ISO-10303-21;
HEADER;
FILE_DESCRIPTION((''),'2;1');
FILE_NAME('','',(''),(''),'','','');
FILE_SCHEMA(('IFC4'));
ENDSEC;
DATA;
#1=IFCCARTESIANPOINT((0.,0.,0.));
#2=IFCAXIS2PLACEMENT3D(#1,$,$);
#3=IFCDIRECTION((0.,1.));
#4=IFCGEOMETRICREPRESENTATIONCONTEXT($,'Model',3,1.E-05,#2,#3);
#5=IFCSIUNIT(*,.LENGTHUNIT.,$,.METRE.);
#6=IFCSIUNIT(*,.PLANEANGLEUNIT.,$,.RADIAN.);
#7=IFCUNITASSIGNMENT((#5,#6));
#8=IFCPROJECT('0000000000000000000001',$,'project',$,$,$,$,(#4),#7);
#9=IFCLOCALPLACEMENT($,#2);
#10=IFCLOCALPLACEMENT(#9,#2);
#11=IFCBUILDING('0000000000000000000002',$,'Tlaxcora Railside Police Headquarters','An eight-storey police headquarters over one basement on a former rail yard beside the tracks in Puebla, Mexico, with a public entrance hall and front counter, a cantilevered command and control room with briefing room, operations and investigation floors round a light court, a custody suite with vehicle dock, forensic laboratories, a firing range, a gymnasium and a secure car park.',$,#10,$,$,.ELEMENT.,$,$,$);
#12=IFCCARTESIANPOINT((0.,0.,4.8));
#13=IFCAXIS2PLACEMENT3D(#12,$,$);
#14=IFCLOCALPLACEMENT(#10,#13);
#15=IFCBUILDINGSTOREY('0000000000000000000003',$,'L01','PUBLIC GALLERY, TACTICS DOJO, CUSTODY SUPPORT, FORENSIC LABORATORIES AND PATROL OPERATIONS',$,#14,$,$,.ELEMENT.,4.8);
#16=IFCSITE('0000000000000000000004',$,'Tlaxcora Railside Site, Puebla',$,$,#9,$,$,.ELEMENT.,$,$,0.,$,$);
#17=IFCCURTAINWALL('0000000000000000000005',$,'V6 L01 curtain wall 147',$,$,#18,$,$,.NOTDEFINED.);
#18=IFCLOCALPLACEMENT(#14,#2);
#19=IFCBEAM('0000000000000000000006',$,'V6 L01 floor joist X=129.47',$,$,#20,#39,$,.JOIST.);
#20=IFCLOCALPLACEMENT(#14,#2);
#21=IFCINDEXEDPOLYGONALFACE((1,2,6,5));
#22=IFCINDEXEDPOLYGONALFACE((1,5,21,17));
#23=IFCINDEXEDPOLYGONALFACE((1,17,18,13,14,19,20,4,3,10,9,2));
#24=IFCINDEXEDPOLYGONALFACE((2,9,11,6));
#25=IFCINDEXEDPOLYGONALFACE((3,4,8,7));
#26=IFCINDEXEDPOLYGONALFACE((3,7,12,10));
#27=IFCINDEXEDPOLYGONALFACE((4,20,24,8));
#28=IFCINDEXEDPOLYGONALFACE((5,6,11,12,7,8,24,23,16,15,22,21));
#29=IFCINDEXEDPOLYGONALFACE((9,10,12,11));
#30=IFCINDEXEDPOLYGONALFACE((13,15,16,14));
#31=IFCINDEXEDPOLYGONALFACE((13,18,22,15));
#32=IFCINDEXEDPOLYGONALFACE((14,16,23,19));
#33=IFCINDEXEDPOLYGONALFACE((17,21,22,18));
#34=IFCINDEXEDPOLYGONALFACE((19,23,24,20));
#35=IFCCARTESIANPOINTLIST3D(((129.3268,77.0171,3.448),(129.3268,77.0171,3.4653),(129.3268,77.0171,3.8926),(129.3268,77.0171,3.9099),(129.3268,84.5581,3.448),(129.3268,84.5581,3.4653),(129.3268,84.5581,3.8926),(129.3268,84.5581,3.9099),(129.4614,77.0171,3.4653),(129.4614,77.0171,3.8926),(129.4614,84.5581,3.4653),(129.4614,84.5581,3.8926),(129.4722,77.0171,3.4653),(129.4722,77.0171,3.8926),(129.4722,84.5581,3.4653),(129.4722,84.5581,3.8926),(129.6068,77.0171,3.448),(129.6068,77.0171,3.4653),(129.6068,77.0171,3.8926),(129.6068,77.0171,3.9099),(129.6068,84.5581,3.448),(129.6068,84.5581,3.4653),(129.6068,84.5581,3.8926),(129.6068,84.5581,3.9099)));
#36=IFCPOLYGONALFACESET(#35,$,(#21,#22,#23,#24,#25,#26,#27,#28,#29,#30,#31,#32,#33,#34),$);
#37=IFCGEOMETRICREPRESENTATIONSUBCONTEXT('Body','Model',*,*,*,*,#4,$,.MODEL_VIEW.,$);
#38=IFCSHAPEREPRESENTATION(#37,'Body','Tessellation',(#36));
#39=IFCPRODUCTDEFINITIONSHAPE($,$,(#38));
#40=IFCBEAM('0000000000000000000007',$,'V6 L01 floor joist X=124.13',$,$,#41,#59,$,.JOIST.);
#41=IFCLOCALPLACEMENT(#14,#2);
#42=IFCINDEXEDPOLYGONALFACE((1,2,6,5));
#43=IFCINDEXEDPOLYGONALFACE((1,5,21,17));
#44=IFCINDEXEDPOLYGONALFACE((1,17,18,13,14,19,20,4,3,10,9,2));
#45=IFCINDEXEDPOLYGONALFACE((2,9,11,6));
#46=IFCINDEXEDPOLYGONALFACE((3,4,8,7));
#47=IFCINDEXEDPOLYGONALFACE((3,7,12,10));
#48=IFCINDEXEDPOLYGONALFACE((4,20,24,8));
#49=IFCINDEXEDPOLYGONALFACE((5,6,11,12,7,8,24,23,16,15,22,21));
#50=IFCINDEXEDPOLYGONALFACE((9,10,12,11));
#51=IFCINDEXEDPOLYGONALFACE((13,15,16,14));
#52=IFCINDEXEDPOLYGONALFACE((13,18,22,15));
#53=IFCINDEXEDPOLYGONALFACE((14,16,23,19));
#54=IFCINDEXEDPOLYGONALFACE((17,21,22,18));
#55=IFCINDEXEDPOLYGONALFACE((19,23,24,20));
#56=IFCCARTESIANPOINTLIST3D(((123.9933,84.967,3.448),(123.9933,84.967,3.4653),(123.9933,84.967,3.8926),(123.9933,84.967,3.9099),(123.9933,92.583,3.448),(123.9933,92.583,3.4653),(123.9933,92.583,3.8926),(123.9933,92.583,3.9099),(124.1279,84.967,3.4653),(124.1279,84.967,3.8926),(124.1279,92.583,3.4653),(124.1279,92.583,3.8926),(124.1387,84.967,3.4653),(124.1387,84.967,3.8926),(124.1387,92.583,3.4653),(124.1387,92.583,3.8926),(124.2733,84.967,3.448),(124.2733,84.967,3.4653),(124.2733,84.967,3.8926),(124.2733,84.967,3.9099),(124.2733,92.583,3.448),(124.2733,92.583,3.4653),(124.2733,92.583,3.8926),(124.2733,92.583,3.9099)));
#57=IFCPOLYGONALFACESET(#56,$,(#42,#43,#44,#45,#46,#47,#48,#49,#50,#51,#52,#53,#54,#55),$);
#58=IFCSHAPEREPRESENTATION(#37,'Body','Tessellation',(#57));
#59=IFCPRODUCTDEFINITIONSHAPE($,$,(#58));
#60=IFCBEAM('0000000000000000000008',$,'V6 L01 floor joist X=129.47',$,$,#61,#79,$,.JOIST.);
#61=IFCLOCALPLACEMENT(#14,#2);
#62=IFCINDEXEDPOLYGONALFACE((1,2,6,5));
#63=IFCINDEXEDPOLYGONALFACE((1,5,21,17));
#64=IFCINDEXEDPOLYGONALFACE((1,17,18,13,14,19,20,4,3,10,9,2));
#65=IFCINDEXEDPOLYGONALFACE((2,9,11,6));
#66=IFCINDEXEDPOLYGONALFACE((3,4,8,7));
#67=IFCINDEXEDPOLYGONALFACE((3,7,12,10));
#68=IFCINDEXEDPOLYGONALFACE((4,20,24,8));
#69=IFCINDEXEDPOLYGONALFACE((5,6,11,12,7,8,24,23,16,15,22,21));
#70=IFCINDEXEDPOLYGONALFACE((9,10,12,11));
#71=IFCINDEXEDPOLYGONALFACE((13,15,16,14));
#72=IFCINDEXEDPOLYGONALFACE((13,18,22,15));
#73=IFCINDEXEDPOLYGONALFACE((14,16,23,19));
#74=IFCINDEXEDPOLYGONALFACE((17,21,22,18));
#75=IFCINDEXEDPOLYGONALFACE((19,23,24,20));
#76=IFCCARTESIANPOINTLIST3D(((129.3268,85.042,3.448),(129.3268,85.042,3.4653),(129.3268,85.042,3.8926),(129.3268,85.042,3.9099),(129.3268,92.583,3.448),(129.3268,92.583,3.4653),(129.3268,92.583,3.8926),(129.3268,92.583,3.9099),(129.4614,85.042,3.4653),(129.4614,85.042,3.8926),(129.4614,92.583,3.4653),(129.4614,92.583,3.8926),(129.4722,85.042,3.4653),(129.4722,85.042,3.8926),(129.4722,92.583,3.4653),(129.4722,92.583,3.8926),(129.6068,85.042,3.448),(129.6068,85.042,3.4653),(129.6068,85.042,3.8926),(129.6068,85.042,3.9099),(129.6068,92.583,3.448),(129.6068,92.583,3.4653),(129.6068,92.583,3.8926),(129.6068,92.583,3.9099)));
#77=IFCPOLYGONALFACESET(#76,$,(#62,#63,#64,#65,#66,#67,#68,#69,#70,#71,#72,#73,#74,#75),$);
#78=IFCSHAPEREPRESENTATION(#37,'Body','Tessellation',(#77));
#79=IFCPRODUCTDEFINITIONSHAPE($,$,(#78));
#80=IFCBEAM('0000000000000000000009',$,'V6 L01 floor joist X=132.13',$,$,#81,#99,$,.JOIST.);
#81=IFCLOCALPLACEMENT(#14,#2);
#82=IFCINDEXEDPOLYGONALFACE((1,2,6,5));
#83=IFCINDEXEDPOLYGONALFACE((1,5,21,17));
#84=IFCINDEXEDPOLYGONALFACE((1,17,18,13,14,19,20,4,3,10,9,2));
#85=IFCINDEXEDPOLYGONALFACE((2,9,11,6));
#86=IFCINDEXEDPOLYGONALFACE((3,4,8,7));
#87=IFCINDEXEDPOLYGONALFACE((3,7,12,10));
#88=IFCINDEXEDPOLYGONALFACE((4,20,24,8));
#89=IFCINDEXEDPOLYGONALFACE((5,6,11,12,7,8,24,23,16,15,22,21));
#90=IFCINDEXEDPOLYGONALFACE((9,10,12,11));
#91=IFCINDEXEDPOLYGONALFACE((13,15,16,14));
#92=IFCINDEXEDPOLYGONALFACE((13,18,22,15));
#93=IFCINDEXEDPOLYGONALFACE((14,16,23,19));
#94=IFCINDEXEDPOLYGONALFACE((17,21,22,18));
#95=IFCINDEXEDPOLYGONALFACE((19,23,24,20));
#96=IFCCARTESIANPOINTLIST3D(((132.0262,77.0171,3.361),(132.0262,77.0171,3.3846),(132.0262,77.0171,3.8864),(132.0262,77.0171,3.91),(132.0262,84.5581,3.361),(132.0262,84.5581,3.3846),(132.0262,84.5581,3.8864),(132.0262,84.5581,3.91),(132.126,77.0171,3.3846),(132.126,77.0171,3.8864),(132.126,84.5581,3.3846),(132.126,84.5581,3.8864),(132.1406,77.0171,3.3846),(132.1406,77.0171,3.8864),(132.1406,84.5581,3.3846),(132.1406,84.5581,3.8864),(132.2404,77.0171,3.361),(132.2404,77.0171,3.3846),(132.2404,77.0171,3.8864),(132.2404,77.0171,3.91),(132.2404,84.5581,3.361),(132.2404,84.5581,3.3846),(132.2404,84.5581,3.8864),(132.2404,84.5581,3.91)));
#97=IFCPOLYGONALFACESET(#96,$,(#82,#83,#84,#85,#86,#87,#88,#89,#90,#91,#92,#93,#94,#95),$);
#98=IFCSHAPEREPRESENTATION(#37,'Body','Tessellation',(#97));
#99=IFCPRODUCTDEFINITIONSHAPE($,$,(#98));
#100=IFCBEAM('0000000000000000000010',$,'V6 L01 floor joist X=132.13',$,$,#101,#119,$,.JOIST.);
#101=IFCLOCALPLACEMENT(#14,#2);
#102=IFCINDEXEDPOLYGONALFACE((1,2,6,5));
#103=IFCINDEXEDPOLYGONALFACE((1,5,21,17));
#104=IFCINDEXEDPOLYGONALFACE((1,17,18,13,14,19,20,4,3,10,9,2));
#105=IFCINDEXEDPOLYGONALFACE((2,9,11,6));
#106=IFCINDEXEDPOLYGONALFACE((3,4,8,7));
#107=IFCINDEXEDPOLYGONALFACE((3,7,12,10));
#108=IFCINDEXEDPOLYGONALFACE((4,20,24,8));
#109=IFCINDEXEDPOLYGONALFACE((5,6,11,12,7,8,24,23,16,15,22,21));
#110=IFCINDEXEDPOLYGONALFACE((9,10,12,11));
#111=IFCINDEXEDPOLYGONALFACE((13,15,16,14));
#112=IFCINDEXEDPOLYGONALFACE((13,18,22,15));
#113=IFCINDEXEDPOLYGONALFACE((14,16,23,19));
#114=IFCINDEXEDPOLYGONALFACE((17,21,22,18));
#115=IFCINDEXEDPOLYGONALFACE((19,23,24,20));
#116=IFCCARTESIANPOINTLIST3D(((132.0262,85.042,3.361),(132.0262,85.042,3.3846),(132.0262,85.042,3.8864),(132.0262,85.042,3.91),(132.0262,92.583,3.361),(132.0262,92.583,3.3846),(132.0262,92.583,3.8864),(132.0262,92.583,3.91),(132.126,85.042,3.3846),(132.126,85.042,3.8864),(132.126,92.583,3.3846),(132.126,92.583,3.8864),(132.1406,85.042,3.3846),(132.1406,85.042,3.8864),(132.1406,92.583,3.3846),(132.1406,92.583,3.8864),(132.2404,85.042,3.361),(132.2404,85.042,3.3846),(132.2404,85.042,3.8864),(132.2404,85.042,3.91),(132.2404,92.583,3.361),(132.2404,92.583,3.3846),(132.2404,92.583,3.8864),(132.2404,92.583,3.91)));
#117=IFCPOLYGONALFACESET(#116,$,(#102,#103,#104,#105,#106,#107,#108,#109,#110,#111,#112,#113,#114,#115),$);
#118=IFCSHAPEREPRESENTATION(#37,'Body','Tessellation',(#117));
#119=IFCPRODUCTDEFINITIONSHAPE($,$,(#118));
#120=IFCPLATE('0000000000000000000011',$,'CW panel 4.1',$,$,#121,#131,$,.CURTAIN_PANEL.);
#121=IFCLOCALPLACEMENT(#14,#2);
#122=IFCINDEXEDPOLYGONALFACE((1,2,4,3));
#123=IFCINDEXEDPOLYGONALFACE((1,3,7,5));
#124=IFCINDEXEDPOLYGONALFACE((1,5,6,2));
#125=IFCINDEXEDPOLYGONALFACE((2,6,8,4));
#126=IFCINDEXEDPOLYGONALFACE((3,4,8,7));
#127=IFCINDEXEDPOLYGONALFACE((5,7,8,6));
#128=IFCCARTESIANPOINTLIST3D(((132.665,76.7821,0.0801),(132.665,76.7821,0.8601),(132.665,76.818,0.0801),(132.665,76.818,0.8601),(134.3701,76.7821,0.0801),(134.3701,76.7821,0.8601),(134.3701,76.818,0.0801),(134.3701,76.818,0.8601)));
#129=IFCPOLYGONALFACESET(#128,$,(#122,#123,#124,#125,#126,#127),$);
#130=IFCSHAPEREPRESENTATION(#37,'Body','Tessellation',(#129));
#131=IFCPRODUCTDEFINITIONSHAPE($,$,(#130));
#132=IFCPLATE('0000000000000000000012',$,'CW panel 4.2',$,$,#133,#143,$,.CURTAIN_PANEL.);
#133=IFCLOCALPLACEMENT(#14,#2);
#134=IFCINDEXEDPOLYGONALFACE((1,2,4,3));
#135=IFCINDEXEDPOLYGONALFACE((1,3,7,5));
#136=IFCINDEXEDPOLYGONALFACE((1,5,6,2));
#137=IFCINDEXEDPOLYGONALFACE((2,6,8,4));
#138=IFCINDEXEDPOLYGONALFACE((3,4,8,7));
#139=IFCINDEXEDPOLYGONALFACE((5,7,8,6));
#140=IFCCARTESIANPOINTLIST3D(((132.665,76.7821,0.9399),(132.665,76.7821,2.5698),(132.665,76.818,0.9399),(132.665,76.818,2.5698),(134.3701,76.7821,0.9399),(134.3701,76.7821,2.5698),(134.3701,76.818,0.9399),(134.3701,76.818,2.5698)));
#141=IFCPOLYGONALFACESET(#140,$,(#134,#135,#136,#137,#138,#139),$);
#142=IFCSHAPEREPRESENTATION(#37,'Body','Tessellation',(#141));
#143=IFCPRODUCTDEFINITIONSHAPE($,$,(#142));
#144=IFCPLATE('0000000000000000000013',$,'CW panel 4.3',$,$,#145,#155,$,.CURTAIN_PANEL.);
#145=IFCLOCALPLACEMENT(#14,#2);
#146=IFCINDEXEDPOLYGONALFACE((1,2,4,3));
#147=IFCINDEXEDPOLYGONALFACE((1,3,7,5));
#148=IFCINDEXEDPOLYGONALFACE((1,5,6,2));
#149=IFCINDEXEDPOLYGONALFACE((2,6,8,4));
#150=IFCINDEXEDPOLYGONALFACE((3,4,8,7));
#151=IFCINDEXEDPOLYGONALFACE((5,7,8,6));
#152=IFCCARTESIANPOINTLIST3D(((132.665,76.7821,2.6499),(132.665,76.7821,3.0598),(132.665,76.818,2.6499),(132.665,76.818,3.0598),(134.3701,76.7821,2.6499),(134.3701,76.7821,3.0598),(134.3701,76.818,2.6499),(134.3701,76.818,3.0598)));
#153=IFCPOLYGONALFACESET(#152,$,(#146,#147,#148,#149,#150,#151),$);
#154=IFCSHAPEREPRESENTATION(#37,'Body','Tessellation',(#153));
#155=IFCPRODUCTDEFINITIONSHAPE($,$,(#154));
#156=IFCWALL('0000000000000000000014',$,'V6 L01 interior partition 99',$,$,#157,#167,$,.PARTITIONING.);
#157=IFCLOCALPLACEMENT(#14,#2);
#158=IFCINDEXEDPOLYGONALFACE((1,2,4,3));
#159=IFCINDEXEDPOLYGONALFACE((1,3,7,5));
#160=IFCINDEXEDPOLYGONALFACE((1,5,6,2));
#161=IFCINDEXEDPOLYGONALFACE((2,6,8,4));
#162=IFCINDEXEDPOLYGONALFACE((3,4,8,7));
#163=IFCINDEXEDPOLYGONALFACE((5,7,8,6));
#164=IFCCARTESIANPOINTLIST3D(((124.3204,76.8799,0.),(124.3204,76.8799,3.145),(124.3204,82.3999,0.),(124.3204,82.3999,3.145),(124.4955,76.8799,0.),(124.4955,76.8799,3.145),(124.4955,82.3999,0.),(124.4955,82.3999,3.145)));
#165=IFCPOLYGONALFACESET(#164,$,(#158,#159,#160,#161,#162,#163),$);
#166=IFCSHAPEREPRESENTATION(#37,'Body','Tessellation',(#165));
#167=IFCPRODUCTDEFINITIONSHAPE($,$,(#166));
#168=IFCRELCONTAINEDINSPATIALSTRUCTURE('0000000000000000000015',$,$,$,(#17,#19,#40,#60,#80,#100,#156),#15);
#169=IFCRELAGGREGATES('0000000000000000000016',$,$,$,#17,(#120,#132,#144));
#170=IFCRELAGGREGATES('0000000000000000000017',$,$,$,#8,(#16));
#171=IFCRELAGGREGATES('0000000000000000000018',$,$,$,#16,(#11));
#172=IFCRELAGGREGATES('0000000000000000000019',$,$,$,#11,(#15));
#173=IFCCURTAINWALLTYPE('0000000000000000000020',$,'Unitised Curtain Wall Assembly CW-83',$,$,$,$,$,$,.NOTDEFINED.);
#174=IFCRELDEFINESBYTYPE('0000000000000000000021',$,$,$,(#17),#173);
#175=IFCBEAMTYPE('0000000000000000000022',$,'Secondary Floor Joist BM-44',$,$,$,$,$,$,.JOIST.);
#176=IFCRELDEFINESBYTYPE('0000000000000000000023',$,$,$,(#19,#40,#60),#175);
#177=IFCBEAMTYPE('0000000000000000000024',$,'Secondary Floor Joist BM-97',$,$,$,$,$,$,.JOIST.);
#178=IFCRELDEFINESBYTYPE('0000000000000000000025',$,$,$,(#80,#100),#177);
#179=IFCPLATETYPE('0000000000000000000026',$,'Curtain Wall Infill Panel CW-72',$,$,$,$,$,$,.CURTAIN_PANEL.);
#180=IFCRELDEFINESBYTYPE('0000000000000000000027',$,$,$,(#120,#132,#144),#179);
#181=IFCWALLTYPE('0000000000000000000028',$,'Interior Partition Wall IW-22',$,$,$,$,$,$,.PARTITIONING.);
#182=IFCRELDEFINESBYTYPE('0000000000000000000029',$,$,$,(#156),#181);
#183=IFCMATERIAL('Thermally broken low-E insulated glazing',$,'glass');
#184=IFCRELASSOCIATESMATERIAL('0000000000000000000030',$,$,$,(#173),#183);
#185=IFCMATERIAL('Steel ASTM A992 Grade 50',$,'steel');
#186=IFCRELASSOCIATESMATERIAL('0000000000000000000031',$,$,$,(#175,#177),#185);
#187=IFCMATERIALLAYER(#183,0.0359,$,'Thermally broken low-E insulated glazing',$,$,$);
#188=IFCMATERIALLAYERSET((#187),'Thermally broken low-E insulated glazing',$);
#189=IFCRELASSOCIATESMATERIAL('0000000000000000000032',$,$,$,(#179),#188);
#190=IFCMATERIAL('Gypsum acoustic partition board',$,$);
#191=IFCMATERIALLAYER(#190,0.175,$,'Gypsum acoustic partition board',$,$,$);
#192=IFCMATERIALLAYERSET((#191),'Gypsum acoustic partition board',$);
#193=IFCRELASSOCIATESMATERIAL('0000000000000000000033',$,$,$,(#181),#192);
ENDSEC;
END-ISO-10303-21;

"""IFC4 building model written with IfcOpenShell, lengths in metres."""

from ifc_helpers import new_model, si_unit, direction, frame, frame_2d, origin, origin_2d, place, context, subcontext, project, spatial, rectangle, i_section, extrude, material, layer, layer_set, material_profile, profile_set, type_object, element, aggregate, save


model = new_model("IFC4")

# Units and contexts
model_context = context("Model", 3, precision=1e-05, world=origin(), true_north=direction((0.0, 1.0)))
body_context = subcontext(model_context, "Body", "Model", "MODEL_VIEW")
ifc_project = project(units=[si_unit("LENGTHUNIT", "METRE"), si_unit("PLANEANGLEUNIT", "RADIAN")], contexts=[model_context])

# Site, building, storey
site_placement = place(None, origin())
site = spatial("IfcSite", under=ifc_project, at=site_placement, Name="Tlaxcora Railside Site, Puebla", CompositionType="ELEMENT", RefElevation=0.0)
building_placement = place(site_placement, origin())
building = spatial("IfcBuilding", under=site, at=building_placement, Name="Tlaxcora Railside Police Headquarters", Description="An eight-storey police headquarters over one basement on a former rail yard beside the tracks in Puebla, Mexico, with a public entrance hall and front counter, a cantilevered command and control room with briefing room, operations and investigation floors round a light court, a custody suite with vehicle dock, forensic laboratories, a firing range, a gymnasium and a secure car park.", CompositionType="ELEMENT")
storey_placement = place(building_placement, frame((0.0, 0.0, 4.8)))
storey = spatial("IfcBuildingStorey", under=building, at=storey_placement, Name="L01", Description="PUBLIC GALLERY, TACTICS DOJO, CUSTODY SUPPORT, FORENSIC LABORATORIES AND PATROL OPERATIONS", CompositionType="ELEMENT", Elevation=4.8)

# Shared definitions
ifc_material_1 = material(Name="Thermally broken low-E insulated glazing", Category="glass")

# Curtain wall
curtain_wall_type_1 = type_object("IfcCurtainWallType", Name="Unitised Curtain Wall Assembly CW-83", PredefinedType="NOTDEFINED", material=ifc_material_1)
curtain_wall_1_placement = place(storey_placement, origin())
curtain_wall_1 = element("IfcCurtainWall", 1, at=curtain_wall_1_placement, inside=storey, type_object=curtain_wall_type_1, Name="V6 L01 curtain wall 147", PredefinedType="NOTDEFINED")

# Beams
ifc_material_2 = material(Name="Steel ASTM A992 Grade 50", Category="steel")
ifc_material_profile_1 = material_profile(ifc_material_2, i_section(OverallWidth=0.28, OverallDepth=0.4619, WebThickness=0.0107, FlangeThickness=0.0173, at=origin_2d()), Name="W18X76")
ifc_profile_set_1 = profile_set([ifc_material_profile_1], Name="Steel ASTM A992 Grade 50")
beam_type_1 = type_object("IfcBeamType", Name="Secondary Floor Joist BM-44", PredefinedType="JOIST", material=ifc_profile_set_1)
beam_1_placement = place(storey_placement, frame((129.4668, 77.0171, 3.679), z_axis=(0.0, 1.0, 0.0), x_axis=(-1.0, 0.0, 0.0)))
element("IfcBeam", 2, at=beam_1_placement, inside=storey, type_object=beam_type_1, Name="V6 L01 floor joist X=129.47", PredefinedType="JOIST", context=body_context, shape_type="SweptSolid", body=[
    extrude(i_section(OverallWidth=0.28, OverallDepth=0.4619, WebThickness=0.0107, FlangeThickness=0.0173, at=origin_2d()), origin(), (0.0, 0.0, 1.0), 7.541),
])
beam_2_placement = place(storey_placement, frame((124.1333, 84.967, 3.679), z_axis=(0.0, 1.0, 0.0), x_axis=(-1.0, 0.0, 0.0)))
element("IfcBeam", 3, at=beam_2_placement, inside=storey, type_object=beam_type_1, Name="V6 L01 floor joist X=124.13", PredefinedType="JOIST", context=body_context, shape_type="SweptSolid", body=[
    extrude(i_section(OverallWidth=0.28, OverallDepth=0.4619, WebThickness=0.0107, FlangeThickness=0.0173, at=origin_2d()), origin(), (0.0, 0.0, 1.0), 7.616),
])
beam_3_placement = place(storey_placement, frame((129.4668, 85.042, 3.679), z_axis=(0.0, 1.0, 0.0), x_axis=(-1.0, 0.0, 0.0)))
element("IfcBeam", 4, at=beam_3_placement, inside=storey, type_object=beam_type_1, Name="V6 L01 floor joist X=129.47", PredefinedType="JOIST", context=body_context, shape_type="SweptSolid", body=[
    extrude(i_section(OverallWidth=0.28, OverallDepth=0.4619, WebThickness=0.0107, FlangeThickness=0.0173, at=origin_2d()), origin(), (0.0, 0.0, 1.0), 7.541),
])
ifc_material_profile_2 = material_profile(ifc_material_2, i_section(OverallWidth=0.2141, OverallDepth=0.5491, WebThickness=0.0146, FlangeThickness=0.0237, at=origin_2d()), Name="W21X93")
ifc_profile_set_2 = profile_set([ifc_material_profile_2], Name="Steel ASTM A992 Grade 50")
beam_type_2 = type_object("IfcBeamType", Name="Secondary Floor Joist BM-97", PredefinedType="JOIST", material=ifc_profile_set_2)
for number, where, z_axis, x_axis, name in (
    (5, (132.1333, 77.0171, 3.6355), (0.0, 1.0, 0.0), (-1.0, 0.0, 0.0), "V6 L01 floor joist X=132.13"),
    (6, (132.1333, 85.042, 3.6355), (0.0, 1.0, 0.0), (-1.0, 0.0, 0.0), "V6 L01 floor joist X=132.13"),
):
    element("IfcBeam", number, at=place(storey_placement, frame(where, z_axis=z_axis, x_axis=x_axis)), inside=storey, type_object=beam_type_2, Name=name, PredefinedType="JOIST", context=body_context, shape_type="SweptSolid", body=[
        extrude(i_section(OverallWidth=0.2141, OverallDepth=0.5491, WebThickness=0.0146, FlangeThickness=0.0237, at=origin_2d()), origin(), (0.0, 0.0, 1.0), 7.541),
    ])

# Plates
ifc_layer_1 = layer(ifc_material_1, 0.0359, Name="Thermally broken low-E insulated glazing")
ifc_layer_set_1 = layer_set([ifc_layer_1], Name="Thermally broken low-E insulated glazing")
plate_type = type_object("IfcPlateType", Name="Curtain Wall Infill Panel CW-72", PredefinedType="CURTAIN_PANEL", material=ifc_layer_set_1)
plate_1_placement = place(storey_placement, frame((133.5176, 76.8, 0.0801), z_axis=(0.0, 0.0, 1.0), x_axis=(1.0, 0.0, 0.0)))
plate_1 = element("IfcPlate", 7, at=plate_1_placement, type_object=plate_type, Name="CW panel 4.1", PredefinedType="CURTAIN_PANEL", context=body_context, shape_type="SweptSolid", body=[
    extrude(rectangle(XDim=1.7051, YDim=0.0359, at=origin_2d()), origin(), (0.0, 0.0, 1.0), 0.78),
])
plate_2_placement = place(storey_placement, frame((133.5176, 76.8, 0.9399), z_axis=(0.0, 0.0, 1.0), x_axis=(1.0, 0.0, 0.0)))
plate_2 = element("IfcPlate", 8, at=plate_2_placement, type_object=plate_type, Name="CW panel 4.2", PredefinedType="CURTAIN_PANEL", context=body_context, shape_type="SweptSolid", body=[
    extrude(rectangle(XDim=1.7051, YDim=0.0359, at=origin_2d()), origin(), (0.0, 0.0, 1.0), 1.6299),
])
plate_3_placement = place(storey_placement, frame((133.5176, 76.8, 2.6499), z_axis=(0.0, 0.0, 1.0), x_axis=(1.0, 0.0, 0.0)))
plate_3 = element("IfcPlate", 9, at=plate_3_placement, type_object=plate_type, Name="CW panel 4.3", PredefinedType="CURTAIN_PANEL", context=body_context, shape_type="SweptSolid", body=[
    extrude(rectangle(XDim=1.7051, YDim=0.0359, at=origin_2d()), origin(), (0.0, 0.0, 1.0), 0.4099),
])
aggregate(curtain_wall_1, [plate_1, plate_2, plate_3])

# Wall
ifc_material_3 = material(Name="Gypsum acoustic partition board")
ifc_layer_2 = layer(ifc_material_3, 0.175, Name="Gypsum acoustic partition board")
ifc_layer_set_2 = layer_set([ifc_layer_2], Name="Gypsum acoustic partition board")
wall_type = type_object("IfcWallType", Name="Interior Partition Wall IW-22", PredefinedType="PARTITIONING", material=ifc_layer_set_2)
wall_placement = place(storey_placement, frame((124.408, 76.8799, 0.0), z_axis=(0.0, 0.0, 1.0), x_axis=(0.0, 1.0, 0.0)))
element("IfcWall", 10, at=wall_placement, inside=storey, type_object=wall_type, Name="V6 L01 interior partition 99", PredefinedType="PARTITIONING", context=body_context, shape_type="SweptSolid", body=[
    extrude(rectangle(XDim=5.52, YDim=0.175, at=frame_2d((2.76, 0.0))), origin(), (0.0, 0.0, 1.0), 3.145),
])

save(model, "model.ifc")
